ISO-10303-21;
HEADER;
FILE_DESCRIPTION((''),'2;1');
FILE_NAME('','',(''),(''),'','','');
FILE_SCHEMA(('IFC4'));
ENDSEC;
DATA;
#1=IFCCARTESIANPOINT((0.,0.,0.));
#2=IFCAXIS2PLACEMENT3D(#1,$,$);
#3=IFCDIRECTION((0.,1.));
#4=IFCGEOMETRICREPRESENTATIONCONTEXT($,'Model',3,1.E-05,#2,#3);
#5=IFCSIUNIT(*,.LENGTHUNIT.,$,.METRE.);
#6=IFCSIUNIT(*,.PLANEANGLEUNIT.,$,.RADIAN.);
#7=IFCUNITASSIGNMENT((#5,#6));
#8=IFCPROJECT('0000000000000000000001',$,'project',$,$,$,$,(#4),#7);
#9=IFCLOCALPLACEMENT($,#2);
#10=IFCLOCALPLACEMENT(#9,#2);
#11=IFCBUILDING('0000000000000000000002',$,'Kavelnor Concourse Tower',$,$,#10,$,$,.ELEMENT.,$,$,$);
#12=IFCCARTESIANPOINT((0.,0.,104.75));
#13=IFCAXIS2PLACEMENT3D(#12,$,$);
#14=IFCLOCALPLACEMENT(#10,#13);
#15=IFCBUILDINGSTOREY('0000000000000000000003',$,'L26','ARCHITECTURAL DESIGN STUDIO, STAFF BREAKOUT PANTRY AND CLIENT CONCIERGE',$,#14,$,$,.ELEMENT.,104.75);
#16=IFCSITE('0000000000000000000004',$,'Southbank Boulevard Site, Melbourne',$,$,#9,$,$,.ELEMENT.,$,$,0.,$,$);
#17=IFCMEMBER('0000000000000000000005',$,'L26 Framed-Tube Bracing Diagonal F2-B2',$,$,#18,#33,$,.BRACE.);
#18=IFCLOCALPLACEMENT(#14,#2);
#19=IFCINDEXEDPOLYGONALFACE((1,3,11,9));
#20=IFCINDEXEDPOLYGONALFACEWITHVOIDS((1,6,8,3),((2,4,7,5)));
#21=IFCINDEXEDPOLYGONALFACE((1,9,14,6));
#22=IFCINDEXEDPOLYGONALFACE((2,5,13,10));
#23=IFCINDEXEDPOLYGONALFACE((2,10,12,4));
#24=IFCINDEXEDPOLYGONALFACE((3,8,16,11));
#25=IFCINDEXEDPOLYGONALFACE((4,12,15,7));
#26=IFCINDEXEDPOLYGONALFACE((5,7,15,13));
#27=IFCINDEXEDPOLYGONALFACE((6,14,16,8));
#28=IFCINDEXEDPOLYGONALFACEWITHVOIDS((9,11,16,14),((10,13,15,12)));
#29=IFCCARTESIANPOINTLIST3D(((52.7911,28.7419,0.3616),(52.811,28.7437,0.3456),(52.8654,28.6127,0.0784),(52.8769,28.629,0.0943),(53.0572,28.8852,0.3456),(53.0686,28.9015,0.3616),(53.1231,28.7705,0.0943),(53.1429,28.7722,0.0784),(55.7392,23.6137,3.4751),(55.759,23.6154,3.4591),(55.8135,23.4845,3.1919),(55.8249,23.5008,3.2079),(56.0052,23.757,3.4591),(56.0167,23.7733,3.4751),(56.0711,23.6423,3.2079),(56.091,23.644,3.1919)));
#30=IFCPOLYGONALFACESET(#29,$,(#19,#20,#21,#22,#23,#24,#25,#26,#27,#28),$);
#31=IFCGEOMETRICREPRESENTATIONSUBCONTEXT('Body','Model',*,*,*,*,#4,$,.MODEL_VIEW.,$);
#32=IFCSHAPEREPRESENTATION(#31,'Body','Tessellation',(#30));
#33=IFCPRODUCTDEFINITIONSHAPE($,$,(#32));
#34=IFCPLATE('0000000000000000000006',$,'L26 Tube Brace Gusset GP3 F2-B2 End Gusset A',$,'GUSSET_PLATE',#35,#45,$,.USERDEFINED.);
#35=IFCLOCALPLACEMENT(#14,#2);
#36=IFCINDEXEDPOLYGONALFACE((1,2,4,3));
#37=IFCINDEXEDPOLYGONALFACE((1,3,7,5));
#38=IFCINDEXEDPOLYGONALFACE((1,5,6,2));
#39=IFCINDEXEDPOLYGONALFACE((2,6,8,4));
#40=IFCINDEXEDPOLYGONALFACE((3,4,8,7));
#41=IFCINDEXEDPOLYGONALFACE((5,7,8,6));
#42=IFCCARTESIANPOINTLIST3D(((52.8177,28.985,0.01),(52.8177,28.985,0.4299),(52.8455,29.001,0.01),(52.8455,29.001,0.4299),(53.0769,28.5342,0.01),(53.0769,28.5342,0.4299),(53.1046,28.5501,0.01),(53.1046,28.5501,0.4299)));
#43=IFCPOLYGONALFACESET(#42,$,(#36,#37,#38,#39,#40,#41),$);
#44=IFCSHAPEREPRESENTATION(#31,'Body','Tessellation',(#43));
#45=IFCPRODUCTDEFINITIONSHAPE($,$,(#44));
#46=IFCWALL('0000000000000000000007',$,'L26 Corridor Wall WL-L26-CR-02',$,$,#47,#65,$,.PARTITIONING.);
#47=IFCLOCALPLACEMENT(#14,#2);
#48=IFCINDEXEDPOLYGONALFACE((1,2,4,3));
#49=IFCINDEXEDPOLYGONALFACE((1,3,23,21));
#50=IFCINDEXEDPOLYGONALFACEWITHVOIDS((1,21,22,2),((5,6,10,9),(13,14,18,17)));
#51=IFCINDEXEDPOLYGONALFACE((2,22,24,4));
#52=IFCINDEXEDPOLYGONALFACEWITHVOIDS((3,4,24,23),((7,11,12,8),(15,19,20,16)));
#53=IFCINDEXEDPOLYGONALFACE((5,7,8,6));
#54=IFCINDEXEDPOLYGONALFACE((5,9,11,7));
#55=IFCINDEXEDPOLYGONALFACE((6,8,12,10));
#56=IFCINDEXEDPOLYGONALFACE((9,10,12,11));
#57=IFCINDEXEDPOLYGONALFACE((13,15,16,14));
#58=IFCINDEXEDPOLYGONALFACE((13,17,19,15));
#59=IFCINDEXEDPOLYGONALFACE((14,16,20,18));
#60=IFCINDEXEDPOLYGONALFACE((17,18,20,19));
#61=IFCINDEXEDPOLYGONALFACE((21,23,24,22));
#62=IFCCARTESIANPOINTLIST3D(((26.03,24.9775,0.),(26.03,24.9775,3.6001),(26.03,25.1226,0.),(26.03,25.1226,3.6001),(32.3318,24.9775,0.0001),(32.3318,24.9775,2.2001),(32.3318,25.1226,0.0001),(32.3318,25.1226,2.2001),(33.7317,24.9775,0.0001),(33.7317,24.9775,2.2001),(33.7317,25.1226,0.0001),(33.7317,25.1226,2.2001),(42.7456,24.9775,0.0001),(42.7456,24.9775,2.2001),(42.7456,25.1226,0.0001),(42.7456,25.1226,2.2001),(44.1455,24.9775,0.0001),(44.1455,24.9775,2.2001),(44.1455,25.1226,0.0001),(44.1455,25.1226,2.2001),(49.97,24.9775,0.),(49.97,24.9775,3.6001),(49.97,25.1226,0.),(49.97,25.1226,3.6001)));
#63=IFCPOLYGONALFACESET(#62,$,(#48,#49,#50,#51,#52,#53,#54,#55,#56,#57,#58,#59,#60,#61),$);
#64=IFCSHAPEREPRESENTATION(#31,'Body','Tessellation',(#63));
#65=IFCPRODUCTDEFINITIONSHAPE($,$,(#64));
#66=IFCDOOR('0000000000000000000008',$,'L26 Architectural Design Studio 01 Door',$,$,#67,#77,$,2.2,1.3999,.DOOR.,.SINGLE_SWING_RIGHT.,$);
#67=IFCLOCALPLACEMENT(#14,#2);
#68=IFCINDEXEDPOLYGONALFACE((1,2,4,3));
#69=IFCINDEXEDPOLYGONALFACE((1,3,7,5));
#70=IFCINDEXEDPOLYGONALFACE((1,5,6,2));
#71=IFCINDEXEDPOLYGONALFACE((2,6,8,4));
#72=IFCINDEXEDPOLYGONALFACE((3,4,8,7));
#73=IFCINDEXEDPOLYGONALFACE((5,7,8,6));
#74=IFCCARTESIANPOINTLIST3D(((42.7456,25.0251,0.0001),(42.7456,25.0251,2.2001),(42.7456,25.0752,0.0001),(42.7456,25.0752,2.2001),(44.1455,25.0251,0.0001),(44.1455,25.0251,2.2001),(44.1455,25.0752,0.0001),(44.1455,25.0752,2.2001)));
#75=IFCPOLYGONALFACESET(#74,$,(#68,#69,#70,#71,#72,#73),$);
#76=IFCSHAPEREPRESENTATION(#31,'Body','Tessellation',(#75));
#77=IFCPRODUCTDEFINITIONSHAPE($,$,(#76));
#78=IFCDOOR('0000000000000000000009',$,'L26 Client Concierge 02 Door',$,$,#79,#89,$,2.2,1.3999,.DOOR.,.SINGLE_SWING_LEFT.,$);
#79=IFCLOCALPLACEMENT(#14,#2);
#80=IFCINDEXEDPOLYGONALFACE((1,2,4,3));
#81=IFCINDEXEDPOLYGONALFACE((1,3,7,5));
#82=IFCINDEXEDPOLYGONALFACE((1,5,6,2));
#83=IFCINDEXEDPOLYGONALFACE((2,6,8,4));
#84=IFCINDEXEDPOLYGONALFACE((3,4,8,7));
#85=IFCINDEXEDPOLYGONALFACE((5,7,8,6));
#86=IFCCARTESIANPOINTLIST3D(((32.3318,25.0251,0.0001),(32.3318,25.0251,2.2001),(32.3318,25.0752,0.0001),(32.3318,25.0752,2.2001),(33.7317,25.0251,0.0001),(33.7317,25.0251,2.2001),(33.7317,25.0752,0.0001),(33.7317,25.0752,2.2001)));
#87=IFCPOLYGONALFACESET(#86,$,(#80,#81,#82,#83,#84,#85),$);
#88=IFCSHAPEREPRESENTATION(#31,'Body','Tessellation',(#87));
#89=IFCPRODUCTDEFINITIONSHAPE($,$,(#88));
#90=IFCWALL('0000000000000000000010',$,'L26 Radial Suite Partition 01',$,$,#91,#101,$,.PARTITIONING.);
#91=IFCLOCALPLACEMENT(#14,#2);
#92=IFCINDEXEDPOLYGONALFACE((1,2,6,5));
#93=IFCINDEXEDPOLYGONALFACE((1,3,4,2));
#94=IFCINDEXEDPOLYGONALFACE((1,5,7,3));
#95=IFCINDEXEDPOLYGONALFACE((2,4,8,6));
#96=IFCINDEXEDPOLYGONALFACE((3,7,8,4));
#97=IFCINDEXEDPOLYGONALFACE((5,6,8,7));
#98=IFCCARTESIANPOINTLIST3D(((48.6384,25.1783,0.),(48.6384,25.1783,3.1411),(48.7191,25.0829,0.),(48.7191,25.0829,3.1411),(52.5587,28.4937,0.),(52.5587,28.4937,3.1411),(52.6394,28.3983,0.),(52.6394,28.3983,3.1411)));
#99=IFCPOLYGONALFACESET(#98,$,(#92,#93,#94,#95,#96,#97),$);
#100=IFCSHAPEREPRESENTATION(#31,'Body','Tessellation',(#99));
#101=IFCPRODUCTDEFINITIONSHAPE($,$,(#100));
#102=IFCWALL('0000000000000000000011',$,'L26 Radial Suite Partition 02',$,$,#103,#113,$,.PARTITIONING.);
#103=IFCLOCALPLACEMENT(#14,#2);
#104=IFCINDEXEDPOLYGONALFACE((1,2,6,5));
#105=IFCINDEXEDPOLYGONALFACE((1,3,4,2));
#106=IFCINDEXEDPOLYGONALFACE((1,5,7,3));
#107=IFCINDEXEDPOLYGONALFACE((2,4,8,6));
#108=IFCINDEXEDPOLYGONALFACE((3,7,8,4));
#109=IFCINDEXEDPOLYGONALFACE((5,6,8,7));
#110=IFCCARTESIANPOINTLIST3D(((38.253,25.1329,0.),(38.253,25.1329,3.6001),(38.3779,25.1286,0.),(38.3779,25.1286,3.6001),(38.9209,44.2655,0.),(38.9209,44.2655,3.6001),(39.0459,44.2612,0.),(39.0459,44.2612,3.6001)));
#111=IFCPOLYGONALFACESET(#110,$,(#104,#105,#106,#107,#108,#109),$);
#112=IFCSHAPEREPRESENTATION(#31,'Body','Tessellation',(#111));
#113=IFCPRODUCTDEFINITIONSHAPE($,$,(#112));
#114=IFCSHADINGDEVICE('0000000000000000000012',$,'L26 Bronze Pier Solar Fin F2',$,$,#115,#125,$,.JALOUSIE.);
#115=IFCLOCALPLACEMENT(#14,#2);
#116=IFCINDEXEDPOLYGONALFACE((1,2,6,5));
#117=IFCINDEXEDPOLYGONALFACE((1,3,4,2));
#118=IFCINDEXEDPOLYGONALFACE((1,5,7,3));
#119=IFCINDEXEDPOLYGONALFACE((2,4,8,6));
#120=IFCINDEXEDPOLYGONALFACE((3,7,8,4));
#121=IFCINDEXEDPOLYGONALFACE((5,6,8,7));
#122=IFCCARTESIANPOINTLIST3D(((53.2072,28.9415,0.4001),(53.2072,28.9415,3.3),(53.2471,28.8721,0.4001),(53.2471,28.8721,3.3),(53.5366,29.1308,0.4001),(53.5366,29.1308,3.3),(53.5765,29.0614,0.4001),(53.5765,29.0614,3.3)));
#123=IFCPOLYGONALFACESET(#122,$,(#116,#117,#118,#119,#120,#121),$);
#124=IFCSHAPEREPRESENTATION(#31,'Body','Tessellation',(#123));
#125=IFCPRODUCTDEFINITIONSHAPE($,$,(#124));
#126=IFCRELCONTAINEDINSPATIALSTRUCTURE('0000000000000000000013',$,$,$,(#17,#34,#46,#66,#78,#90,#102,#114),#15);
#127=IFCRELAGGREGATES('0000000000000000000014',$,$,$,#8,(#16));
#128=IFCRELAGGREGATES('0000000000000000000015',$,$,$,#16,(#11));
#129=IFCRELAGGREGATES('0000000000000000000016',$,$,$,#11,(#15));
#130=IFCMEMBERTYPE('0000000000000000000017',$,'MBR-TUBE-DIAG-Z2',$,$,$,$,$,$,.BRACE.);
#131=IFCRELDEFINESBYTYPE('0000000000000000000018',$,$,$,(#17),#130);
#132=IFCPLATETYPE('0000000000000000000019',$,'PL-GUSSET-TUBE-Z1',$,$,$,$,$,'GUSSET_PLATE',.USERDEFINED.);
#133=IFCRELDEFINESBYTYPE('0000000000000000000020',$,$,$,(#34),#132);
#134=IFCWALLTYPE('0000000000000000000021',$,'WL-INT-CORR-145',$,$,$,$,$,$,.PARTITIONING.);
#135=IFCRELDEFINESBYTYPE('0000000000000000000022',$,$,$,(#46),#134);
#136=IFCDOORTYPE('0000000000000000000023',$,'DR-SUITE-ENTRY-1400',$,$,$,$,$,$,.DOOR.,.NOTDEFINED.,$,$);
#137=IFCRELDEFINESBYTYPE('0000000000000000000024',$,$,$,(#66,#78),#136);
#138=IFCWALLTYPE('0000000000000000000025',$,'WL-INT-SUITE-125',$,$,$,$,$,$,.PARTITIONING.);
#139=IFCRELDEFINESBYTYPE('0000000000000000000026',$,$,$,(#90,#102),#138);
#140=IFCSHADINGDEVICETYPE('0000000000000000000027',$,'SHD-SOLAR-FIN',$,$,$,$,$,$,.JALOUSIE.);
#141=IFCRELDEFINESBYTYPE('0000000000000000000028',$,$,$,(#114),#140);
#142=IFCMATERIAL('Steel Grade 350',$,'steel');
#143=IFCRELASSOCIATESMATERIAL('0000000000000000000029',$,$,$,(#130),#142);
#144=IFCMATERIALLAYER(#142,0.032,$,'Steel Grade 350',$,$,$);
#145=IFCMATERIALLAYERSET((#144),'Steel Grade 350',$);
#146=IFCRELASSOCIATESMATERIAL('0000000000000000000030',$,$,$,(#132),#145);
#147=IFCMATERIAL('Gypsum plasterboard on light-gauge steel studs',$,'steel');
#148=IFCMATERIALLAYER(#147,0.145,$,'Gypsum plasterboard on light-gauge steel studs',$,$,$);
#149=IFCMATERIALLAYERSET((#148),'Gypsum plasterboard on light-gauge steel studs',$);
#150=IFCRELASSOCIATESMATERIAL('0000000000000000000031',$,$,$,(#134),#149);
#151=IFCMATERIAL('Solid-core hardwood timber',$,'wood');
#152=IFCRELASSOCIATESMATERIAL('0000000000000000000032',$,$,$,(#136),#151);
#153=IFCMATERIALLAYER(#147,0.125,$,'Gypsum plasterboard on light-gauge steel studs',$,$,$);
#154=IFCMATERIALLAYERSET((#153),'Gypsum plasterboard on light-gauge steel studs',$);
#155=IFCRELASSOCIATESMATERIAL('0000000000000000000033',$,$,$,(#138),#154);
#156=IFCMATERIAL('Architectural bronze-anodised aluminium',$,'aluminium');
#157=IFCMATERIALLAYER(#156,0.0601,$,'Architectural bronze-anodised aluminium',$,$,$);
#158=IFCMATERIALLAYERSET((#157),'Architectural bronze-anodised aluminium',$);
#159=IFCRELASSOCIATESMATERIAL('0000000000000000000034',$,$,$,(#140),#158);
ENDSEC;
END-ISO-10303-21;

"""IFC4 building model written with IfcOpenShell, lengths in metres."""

from ifc_helpers import new_model, si_unit, direction, frame, frame_2d, origin, origin_2d, place, context, subcontext, project, spatial, rectangle, hollow_rectangle, extrude, material, layer, layer_set, material_profile, profile_set, type_object, element, fill, save


model = new_model("IFC4")

# Units and contexts
model_context = context("Model", 3, precision=1e-05, world=origin(), true_north=direction((0.0, 1.0)))
body_context = subcontext(model_context, "Body", "Model", "MODEL_VIEW")
ifc_project = project(units=[si_unit("LENGTHUNIT", "METRE"), si_unit("PLANEANGLEUNIT", "RADIAN")], contexts=[model_context])

# Site, building, storey
site_placement = place(None, origin())
site = spatial("IfcSite", under=ifc_project, at=site_placement, Name="Southbank Boulevard Site, Melbourne", CompositionType="ELEMENT", RefElevation=0.0)
building_placement = place(site_placement, origin())
building = spatial("IfcBuilding", under=site, at=building_placement, Name="Kavelnor Concourse Tower", CompositionType="ELEMENT")
storey_placement = place(building_placement, frame((0.0, 0.0, 104.75)))
storey = spatial("IfcBuildingStorey", under=building, at=storey_placement, Name="L26", Description="ARCHITECTURAL DESIGN STUDIO, STAFF BREAKOUT PANTRY AND CLIENT CONCIERGE", CompositionType="ELEMENT", Elevation=104.75)

# Shared definitions
ifc_material_1 = material(Name="Steel Grade 350", Category="steel")

# Member
ifc_material_profile_1 = material_profile(ifc_material_1, hollow_rectangle(XDim=0.3201, YDim=0.3201, WallThickness=0.0181, at=origin_2d()), Name="SHS 320x320x18")
ifc_profile_set_1 = profile_set([ifc_material_profile_1], Name="Steel Grade 350")
member_type = type_object("IfcMemberType", Name="MBR-TUBE-DIAG-Z2", PredefinedType="BRACE", material=ifc_profile_set_1)
member_placement = place(storey_placement, frame((52.967, 28.7571, 0.22), z_axis=(0.441018, -0.767171, 0.465781), x_axis=(0.866958, 0.498382, 0.0)))
element("IfcMember", 1, at=member_placement, inside=storey, type_object=member_type, Name="L26 Framed-Tube Bracing Diagonal F2-B2", PredefinedType="BRACE", context=body_context, shape_type="SweptSolid", body=[
    extrude(hollow_rectangle(XDim=0.3201, YDim=0.3201, WallThickness=0.0181, at=origin_2d()), origin(), (0.0, 0.0, 1.0), 6.6846),
])

# Plate
ifc_layer_1 = layer(ifc_material_1, 0.032, Name="Steel Grade 350")
ifc_layer_set_1 = layer_set([ifc_layer_1], Name="Steel Grade 350")
plate_type = type_object("IfcPlateType", Name="PL-GUSSET-TUBE-Z1", ElementType="GUSSET_PLATE", PredefinedType="USERDEFINED", material=ifc_layer_set_1)
plate_placement = place(storey_placement, frame((52.9612, 28.7676, 0.01), z_axis=(0.0, 0.0, 1.0), x_axis=(0.498336, -0.866984, 0.0)))
element("IfcPlate", 2, at=plate_placement, inside=storey, type_object=plate_type, Name="L26 Tube Brace Gusset GP3 F2-B2 End Gusset A", ObjectType="GUSSET_PLATE", PredefinedType="USERDEFINED", context=body_context, shape_type="SweptSolid", body=[
    extrude(rectangle(XDim=0.52, YDim=0.032, at=origin_2d()), origin(), (0.0, 0.0, 1.0), 0.4199),
])

# Wall, openings, doors
ifc_material_2 = material(Name="Gypsum plasterboard on light-gauge steel studs", Category="steel")
ifc_layer_2 = layer(ifc_material_2, 0.145, Name="Gypsum plasterboard on light-gauge steel studs")
ifc_layer_set_2 = layer_set([ifc_layer_2], Name="Gypsum plasterboard on light-gauge steel studs")
wall_type_1 = type_object("IfcWallType", Name="WL-INT-CORR-145", PredefinedType="PARTITIONING", material=ifc_layer_set_2)
wall_1_placement = place(storey_placement, frame((49.97, 25.05, 0.0), z_axis=(0.0, 0.0, 1.0), x_axis=(-1.0, 0.0, 0.0)))
wall_1 = element("IfcWall", 3, at=wall_1_placement, inside=storey, type_object=wall_type_1, Name="L26 Corridor Wall WL-L26-CR-02", PredefinedType="PARTITIONING", context=body_context, shape_type="SweptSolid", body=[
    extrude(rectangle(XDim=23.9399, YDim=0.145, at=frame_2d((11.97, 0.0))), origin(), (0.0, 0.0, 1.0), 3.6001),
])
opening_1_placement = place(wall_1_placement, frame((5.8245, 0.0, 0.0)))
opening_1 = element("IfcOpeningElement", 4, at=opening_1_placement, cuts=wall_1, PredefinedType="OPENING", context=body_context, shape_type="SweptSolid", body=[
    extrude(rectangle(XDim=1.3999, YDim=2.2, at=frame_2d((0.7, 1.1001))), frame((0.0, 0.0825, 0.0), z_axis=(0.0, -1.0, 0.0), x_axis=(1.0, 0.0, 0.0)), (0.0, 0.0, 1.0), 0.165),
])
opening_2_placement = place(wall_1_placement, frame((16.2383, 0.0, 0.0)))
opening_2 = element("IfcOpeningElement", 5, at=opening_2_placement, cuts=wall_1, PredefinedType="OPENING", context=body_context, shape_type="SweptSolid", body=[
    extrude(rectangle(XDim=1.3999, YDim=2.2, at=frame_2d((0.7, 1.1001))), frame((0.0, 0.0825, 0.0), z_axis=(0.0, -1.0, 0.0), x_axis=(1.0, 0.0, 0.0)), (0.0, 0.0, 1.0), 0.165),
])
ifc_material_3 = material(Name="Solid-core hardwood timber", Category="wood")
door_type = type_object("IfcDoorType", Name="DR-SUITE-ENTRY-1400", OperationType="NOTDEFINED", PredefinedType="DOOR", material=ifc_material_3)
door_1_placement = place(opening_1_placement, origin())
door_1 = element("IfcDoor", 6, at=door_1_placement, inside=storey, type_object=door_type, Name="L26 Architectural Design Studio 01 Door", OperationType="SINGLE_SWING_RIGHT", OverallHeight=2.2, OverallWidth=1.3999, PredefinedType="DOOR", context=body_context, shape_type="SweptSolid", body=[
    extrude(rectangle(XDim=1.3999, YDim=2.2, at=frame_2d((0.7, 1.1001))), frame((0.0, 0.0249, 0.0), z_axis=(0.0, -1.0, 0.0), x_axis=(1.0, 0.0, 0.0)), (0.0, 0.0, 1.0), 0.05),
])
fill(opening_1, door_1)
door_2_placement = place(opening_2_placement, origin())
door_2 = element("IfcDoor", 7, at=door_2_placement, inside=storey, type_object=door_type, Name="L26 Client Concierge 02 Door", OperationType="SINGLE_SWING_LEFT", OverallHeight=2.2, OverallWidth=1.3999, PredefinedType="DOOR", context=body_context, shape_type="SweptSolid", body=[
    extrude(rectangle(XDim=1.3999, YDim=2.2, at=frame_2d((0.7, 1.1001))), frame((0.0, 0.0249, 0.0), z_axis=(0.0, -1.0, 0.0), x_axis=(1.0, 0.0, 0.0)), (0.0, 0.0, 1.0), 0.05),
])
fill(opening_2, door_2)

# Walls
ifc_layer_3 = layer(ifc_material_2, 0.125, Name="Gypsum plasterboard on light-gauge steel studs")
ifc_layer_set_3 = layer_set([ifc_layer_3], Name="Gypsum plasterboard on light-gauge steel studs")
wall_type_2 = type_object("IfcWallType", Name="WL-INT-SUITE-125", PredefinedType="PARTITIONING", material=ifc_layer_set_3)
wall_2_placement = place(storey_placement, frame((48.6787, 25.1306, 0.0), z_axis=(0.0, 0.0, 1.0), x_axis=(0.763563, 0.645733, 0.0)))
element("IfcWall", 8, at=wall_2_placement, inside=storey, type_object=wall_type_2, Name="L26 Radial Suite Partition 01", PredefinedType="PARTITIONING", context=body_context, shape_type="SweptSolid", body=[
    extrude(rectangle(XDim=5.1343, YDim=0.125, at=frame_2d((2.5671, 0.0))), origin(), (0.0, 0.0, 1.0), 3.1411),
])
wall_3_placement = place(storey_placement, frame((38.3154, 25.1306, 0.0), z_axis=(0.0, 0.0, 1.0), x_axis=(0.034891, 0.999391, 0.0)))
element("IfcWall", 9, at=wall_3_placement, inside=storey, type_object=wall_type_2, Name="L26 Radial Suite Partition 02", PredefinedType="PARTITIONING", context=body_context, shape_type="SweptSolid", body=[
    extrude(rectangle(XDim=19.1443, YDim=0.125, at=frame_2d((9.5723, 0.0))), origin(), (0.0, 0.0, 1.0), 3.6001),
])

# Shading device
ifc_material_4 = material(Name="Architectural bronze-anodised aluminium", Category="aluminium")
ifc_layer_4 = layer(ifc_material_4, 0.0601, Name="Architectural bronze-anodised aluminium")
ifc_layer_set_4 = layer_set([ifc_layer_4], Name="Architectural bronze-anodised aluminium")
shading_device_type = type_object("IfcShadingDeviceType", Name="SHD-SOLAR-FIN", PredefinedType="JALOUSIE", material=ifc_layer_set_4)
shading_device_placement = place(storey_placement, frame((53.3918, 29.0015, 0.4001), z_axis=(0.0, 0.0, 1.0), x_axis=(0.866984, 0.498336, 0.0)))
element("IfcShadingDevice", 10, at=shading_device_placement, inside=storey, type_object=shading_device_type, Name="L26 Bronze Pier Solar Fin F2", PredefinedType="JALOUSIE", context=body_context, shape_type="SweptSolid", body=[
    extrude(rectangle(XDim=0.3799, YDim=0.0801, at=origin_2d()), origin(), (0.0, 0.0, 1.0), 2.8999),
])

save(model, "model.ifc")
